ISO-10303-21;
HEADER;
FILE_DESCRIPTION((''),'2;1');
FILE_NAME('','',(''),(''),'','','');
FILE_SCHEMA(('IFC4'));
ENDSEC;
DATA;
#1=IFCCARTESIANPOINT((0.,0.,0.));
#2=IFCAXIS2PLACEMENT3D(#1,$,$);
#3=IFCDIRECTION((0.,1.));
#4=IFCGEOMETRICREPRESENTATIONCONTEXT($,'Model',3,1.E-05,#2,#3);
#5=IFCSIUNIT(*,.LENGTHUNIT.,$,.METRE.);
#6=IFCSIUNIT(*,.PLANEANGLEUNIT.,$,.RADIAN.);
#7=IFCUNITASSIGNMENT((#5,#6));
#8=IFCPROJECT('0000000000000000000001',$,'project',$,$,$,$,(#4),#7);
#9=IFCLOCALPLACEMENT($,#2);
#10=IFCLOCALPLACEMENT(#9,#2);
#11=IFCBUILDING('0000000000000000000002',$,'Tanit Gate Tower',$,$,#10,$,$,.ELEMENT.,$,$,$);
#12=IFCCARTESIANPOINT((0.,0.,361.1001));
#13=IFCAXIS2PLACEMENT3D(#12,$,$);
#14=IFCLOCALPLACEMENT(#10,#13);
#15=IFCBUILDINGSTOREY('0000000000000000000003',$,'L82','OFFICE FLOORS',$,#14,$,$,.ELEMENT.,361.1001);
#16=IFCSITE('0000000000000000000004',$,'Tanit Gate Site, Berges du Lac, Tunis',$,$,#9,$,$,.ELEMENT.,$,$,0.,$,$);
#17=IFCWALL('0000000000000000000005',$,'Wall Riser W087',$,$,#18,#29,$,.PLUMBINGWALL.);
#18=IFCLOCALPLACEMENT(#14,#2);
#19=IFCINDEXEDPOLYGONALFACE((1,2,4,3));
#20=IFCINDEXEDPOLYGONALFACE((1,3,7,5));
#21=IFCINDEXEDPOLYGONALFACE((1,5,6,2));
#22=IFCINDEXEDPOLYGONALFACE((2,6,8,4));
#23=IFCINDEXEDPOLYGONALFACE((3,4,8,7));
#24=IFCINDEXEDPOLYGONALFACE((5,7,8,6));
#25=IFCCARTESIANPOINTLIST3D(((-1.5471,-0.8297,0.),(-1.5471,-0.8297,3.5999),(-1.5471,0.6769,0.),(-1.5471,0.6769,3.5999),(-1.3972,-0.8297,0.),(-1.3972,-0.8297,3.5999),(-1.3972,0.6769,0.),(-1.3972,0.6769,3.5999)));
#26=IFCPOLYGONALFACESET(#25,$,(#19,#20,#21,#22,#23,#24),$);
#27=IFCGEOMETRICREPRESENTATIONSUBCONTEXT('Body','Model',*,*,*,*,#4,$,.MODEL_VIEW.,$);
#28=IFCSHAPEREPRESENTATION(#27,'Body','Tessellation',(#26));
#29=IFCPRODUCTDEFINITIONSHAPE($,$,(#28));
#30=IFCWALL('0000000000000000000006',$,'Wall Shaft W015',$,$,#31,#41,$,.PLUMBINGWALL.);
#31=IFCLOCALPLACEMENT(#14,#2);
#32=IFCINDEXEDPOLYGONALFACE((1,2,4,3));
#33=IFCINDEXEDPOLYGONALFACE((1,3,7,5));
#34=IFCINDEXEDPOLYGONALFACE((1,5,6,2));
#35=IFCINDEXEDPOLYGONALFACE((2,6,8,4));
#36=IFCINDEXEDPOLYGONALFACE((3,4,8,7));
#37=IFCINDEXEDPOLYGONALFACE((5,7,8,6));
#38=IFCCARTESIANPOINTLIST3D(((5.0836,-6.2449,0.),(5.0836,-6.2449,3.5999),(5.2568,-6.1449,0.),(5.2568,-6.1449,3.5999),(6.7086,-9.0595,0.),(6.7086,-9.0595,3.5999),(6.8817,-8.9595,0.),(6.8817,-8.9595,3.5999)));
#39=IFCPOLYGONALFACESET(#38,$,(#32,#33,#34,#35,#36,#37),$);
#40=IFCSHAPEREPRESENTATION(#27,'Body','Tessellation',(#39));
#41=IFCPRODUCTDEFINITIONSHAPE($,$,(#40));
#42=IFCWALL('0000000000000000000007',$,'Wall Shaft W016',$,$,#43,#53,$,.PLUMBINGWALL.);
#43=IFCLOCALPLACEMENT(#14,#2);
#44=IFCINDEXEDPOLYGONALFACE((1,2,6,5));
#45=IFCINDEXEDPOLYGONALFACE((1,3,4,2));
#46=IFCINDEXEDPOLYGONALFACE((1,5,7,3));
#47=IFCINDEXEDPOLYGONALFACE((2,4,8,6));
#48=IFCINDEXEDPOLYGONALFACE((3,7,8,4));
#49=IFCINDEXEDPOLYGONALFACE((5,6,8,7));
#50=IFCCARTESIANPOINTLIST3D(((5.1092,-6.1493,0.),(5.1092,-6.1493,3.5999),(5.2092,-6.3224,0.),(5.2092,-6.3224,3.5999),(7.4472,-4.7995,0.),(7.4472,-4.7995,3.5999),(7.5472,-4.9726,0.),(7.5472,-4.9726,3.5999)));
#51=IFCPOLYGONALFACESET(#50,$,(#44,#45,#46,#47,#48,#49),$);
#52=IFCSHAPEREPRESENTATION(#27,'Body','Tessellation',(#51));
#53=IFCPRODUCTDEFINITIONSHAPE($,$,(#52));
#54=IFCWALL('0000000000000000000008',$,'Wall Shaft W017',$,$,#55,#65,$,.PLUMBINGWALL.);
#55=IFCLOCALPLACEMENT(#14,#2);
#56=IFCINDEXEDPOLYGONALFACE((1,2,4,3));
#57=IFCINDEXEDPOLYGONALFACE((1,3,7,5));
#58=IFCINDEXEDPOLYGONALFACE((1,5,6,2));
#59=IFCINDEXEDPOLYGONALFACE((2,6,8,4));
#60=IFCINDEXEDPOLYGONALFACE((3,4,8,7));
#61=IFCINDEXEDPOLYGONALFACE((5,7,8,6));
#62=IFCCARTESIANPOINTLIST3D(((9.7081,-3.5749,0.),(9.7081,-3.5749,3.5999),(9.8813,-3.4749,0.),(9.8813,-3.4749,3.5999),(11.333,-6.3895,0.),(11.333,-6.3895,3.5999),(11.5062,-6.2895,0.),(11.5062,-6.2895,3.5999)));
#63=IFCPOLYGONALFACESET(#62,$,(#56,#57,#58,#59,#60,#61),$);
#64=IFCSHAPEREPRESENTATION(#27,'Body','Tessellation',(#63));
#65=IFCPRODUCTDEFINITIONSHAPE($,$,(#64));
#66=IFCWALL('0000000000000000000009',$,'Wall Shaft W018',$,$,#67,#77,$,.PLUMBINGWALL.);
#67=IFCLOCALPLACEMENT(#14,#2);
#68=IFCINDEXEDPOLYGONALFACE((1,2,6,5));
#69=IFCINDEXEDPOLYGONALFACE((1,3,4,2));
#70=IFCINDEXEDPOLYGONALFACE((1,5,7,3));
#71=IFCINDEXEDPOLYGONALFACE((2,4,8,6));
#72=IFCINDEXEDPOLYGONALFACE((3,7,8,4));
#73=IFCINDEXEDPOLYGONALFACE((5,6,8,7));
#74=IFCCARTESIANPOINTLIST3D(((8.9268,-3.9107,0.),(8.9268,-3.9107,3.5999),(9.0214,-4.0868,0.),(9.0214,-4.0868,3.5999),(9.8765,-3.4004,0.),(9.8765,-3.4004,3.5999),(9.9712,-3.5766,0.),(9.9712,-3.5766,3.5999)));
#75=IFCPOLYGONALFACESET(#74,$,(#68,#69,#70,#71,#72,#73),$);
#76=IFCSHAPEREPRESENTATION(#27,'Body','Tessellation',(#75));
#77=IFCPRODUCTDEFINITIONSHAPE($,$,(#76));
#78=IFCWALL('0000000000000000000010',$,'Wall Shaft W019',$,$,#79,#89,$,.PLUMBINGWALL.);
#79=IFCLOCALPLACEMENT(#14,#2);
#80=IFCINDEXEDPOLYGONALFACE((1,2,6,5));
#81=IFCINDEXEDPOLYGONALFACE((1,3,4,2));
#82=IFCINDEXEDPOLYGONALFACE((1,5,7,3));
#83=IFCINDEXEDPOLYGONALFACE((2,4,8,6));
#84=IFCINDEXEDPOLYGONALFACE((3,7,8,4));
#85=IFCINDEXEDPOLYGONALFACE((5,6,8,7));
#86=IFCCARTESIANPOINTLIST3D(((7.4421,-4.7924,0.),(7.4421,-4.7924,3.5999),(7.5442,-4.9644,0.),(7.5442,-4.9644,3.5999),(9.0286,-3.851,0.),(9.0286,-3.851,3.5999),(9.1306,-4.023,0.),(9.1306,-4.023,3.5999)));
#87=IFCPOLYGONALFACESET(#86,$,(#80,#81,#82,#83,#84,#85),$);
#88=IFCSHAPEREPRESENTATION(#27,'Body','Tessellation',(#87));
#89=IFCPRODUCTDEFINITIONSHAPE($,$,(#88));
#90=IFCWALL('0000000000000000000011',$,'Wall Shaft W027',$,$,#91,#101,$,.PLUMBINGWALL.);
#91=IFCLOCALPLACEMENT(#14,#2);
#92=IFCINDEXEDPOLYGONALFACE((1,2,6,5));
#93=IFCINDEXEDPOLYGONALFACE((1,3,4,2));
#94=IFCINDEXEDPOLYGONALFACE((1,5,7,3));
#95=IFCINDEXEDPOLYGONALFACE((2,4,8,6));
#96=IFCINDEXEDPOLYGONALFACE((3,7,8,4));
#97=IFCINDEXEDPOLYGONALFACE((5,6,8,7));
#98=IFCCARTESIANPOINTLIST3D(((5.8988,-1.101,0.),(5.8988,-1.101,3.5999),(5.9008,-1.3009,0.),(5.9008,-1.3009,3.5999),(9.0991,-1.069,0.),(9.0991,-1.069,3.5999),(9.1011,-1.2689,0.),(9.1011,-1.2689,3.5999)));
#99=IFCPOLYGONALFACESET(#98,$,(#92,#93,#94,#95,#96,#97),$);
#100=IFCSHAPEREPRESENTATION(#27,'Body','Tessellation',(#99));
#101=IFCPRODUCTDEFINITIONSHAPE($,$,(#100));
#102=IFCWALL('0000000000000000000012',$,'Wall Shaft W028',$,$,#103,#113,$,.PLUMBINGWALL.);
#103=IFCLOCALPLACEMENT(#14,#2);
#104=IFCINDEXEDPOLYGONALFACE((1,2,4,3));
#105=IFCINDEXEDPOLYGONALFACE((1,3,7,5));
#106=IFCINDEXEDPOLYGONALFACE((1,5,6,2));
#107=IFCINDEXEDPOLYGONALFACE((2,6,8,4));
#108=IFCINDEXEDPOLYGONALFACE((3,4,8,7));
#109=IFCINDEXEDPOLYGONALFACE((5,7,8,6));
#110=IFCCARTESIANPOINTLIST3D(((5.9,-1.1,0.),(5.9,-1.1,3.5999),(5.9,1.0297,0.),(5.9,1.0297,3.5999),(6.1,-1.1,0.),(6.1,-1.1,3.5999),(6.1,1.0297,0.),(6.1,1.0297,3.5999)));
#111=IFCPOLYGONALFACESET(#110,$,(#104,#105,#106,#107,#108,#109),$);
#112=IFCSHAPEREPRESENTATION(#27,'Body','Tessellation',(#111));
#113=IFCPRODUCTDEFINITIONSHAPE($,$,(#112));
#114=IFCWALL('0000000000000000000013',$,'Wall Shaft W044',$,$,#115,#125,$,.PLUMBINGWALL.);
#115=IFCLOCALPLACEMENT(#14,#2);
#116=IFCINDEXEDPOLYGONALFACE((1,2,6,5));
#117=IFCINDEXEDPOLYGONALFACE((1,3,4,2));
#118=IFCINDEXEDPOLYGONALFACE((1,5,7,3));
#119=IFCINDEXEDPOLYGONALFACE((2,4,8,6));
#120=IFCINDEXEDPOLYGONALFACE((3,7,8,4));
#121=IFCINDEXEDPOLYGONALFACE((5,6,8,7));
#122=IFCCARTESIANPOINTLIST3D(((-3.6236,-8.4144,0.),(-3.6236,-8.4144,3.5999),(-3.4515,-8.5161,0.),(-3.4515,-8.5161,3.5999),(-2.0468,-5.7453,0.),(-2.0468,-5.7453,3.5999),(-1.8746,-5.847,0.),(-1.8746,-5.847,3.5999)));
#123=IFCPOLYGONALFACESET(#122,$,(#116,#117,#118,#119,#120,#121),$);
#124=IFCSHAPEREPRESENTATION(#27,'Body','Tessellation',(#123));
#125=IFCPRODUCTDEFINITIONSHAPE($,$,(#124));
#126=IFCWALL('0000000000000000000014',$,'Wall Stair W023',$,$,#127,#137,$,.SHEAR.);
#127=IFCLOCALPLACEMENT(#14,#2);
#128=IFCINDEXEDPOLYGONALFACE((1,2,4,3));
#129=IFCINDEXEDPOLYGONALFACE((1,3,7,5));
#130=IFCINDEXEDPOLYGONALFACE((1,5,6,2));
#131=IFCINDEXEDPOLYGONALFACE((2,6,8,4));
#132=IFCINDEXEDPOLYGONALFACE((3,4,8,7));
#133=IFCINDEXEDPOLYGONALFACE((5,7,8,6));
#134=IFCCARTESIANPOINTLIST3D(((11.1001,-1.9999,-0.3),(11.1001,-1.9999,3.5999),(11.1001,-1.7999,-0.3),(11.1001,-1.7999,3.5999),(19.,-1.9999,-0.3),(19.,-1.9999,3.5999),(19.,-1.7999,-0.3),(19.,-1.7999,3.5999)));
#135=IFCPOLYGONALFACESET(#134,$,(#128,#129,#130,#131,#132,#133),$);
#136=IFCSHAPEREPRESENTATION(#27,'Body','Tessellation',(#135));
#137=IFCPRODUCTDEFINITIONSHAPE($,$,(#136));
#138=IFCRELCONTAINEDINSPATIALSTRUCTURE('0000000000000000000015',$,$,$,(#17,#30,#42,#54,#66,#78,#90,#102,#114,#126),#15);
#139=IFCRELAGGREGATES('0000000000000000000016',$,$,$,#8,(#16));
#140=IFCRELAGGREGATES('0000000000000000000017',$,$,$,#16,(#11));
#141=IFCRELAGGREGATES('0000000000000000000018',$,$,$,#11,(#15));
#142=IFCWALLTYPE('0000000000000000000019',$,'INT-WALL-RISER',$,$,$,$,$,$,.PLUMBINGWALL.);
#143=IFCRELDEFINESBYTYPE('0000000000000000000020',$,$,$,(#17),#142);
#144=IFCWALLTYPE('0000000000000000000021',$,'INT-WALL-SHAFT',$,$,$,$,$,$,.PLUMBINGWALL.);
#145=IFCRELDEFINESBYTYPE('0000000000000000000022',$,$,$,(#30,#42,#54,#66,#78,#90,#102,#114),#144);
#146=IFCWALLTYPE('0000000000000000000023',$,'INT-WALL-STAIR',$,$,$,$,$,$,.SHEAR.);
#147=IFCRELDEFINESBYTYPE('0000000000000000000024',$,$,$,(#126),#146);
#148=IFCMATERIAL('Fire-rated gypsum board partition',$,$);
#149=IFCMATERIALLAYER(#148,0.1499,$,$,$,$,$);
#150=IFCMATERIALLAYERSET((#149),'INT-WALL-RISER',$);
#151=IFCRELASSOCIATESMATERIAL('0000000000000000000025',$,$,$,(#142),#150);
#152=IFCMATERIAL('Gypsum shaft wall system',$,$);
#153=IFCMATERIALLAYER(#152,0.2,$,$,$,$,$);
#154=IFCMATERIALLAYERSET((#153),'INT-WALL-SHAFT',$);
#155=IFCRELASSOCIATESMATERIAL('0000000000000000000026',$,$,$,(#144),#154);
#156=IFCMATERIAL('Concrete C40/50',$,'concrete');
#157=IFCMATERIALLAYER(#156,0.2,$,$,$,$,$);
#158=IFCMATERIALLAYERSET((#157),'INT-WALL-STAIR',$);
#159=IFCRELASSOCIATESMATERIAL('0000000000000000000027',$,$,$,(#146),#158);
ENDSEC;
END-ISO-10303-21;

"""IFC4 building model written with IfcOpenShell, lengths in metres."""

from ifc_helpers import new_model, si_unit, direction, frame, frame_2d, origin, place, context, subcontext, project, spatial, rectangle, extrude, material, layer, layer_set, type_object, element, save


model = new_model("IFC4")

# Units and contexts
model_context = context("Model", 3, precision=1e-05, world=origin(), true_north=direction((0.0, 1.0)))
body_context = subcontext(model_context, "Body", "Model", "MODEL_VIEW")
ifc_project = project(units=[si_unit("LENGTHUNIT", "METRE"), si_unit("PLANEANGLEUNIT", "RADIAN")], contexts=[model_context])

# Site, building, storey
site_placement = place(None, origin())
site = spatial("IfcSite", under=ifc_project, at=site_placement, Name="Tanit Gate Site, Berges du Lac, Tunis", CompositionType="ELEMENT", RefElevation=0.0)
building_placement = place(site_placement, origin())
building = spatial("IfcBuilding", under=site, at=building_placement, Name="Tanit Gate Tower", CompositionType="ELEMENT")
storey_placement = place(building_placement, frame((0.0, 0.0, 361.1001)))
storey = spatial("IfcBuildingStorey", under=building, at=storey_placement, Name="L82", Description="OFFICE FLOORS", CompositionType="ELEMENT", Elevation=361.1001)

# Shared definitions
ifc_material_1 = material(Name="Fire-rated gypsum board partition")
ifc_layer_1 = layer(ifc_material_1, 0.1499)
ifc_layer_set_1 = layer_set([ifc_layer_1], Name="INT-WALL-RISER")
wall_type_1 = type_object("IfcWallType", Name="INT-WALL-RISER", PredefinedType="PLUMBINGWALL", material=ifc_layer_set_1)

# Walls
wall_1_placement = place(storey_placement, frame((-1.4722, -0.8298, 0.0), z_axis=(0.0, 0.0, 1.0), x_axis=(0.0, 1.0, 0.0)))
element("IfcWall", 1, at=wall_1_placement, inside=storey, type_object=wall_type_1, Name="Wall Riser W087", PredefinedType="PLUMBINGWALL", context=body_context, shape_type="SweptSolid", body=[
    extrude(rectangle(XDim=1.5066, YDim=0.1499, at=frame_2d((0.7534, 0.0))), origin(), (0.0, 0.0, 1.0), 3.5999),
])
ifc_material_2 = material(Name="Gypsum shaft wall system")
ifc_layer_2 = layer(ifc_material_2, 0.2)
ifc_layer_set_2 = layer_set([ifc_layer_2], Name="INT-WALL-SHAFT")
wall_type_2 = type_object("IfcWallType", Name="INT-WALL-SHAFT", PredefinedType="PLUMBINGWALL", material=ifc_layer_set_2)
wall_2_placement = place(storey_placement, frame((6.7952, -9.0095, 0.0), z_axis=(0.0, 0.0, 1.0), x_axis=(-0.499985, 0.866034, 0.0)))
element("IfcWall", 2, at=wall_2_placement, inside=storey, type_object=wall_type_2, Name="Wall Shaft W015", PredefinedType="PLUMBINGWALL", context=body_context, shape_type="SweptSolid", body=[
    extrude(rectangle(XDim=3.25, YDim=0.2, at=frame_2d((1.625, 0.0))), origin(), (0.0, 0.0, 1.0), 3.5999),
])
wall_3_placement = place(storey_placement, frame((5.1592, -6.2358, 0.0), z_axis=(0.0, 0.0, 1.0), x_axis=(0.866037, 0.499981, 0.0)))
element("IfcWall", 3, at=wall_3_placement, inside=storey, type_object=wall_type_2, Name="Wall Shaft W016", PredefinedType="PLUMBINGWALL", context=body_context, shape_type="SweptSolid", body=[
    extrude(rectangle(XDim=2.6997, YDim=0.2, at=frame_2d((1.3499, 0.0))), origin(), (0.0, 0.0, 1.0), 3.5999),
])
wall_4_placement = place(storey_placement, frame((9.7947, -3.5249, 0.0), z_axis=(0.0, 0.0, 1.0), x_axis=(0.499985, -0.866034, 0.0)))
element("IfcWall", 4, at=wall_4_placement, inside=storey, type_object=wall_type_2, Name="Wall Shaft W017", PredefinedType="PLUMBINGWALL", context=body_context, shape_type="SweptSolid", body=[
    extrude(rectangle(XDim=3.25, YDim=0.2, at=frame_2d((1.625, 0.0))), origin(), (0.0, 0.0, 1.0), 3.5999),
])
wall_5_placement = place(storey_placement, frame((8.9741, -3.9988, 0.0), z_axis=(0.0, 0.0, 1.0), x_axis=(0.880907, 0.473289, 0.0)))
element("IfcWall", 5, at=wall_5_placement, inside=storey, type_object=wall_type_2, Name="Wall Shaft W018", PredefinedType="PLUMBINGWALL", context=body_context, shape_type="SweptSolid", body=[
    extrude(rectangle(XDim=1.0781, YDim=0.2, at=frame_2d((0.5391, 0.0))), origin(), (0.0, 0.0, 1.0), 3.5999),
])
wall_6_placement = place(storey_placement, frame((7.4932, -4.8784, 0.0), z_axis=(0.0, 0.0, 1.0), x_axis=(0.859982, 0.510325, 0.0)))
element("IfcWall", 6, at=wall_6_placement, inside=storey, type_object=wall_type_2, Name="Wall Shaft W019", PredefinedType="PLUMBINGWALL", context=body_context, shape_type="SweptSolid", body=[
    extrude(rectangle(XDim=1.8447, YDim=0.2, at=frame_2d((0.9224, 0.0))), origin(), (0.0, 0.0, 1.0), 3.5999),
])
wall_7_placement = place(storey_placement, frame((5.8999, -1.2009, 0.0), z_axis=(0.0, 0.0, 1.0), x_axis=(0.99995, 0.009993, 0.0)))
element("IfcWall", 7, at=wall_7_placement, inside=storey, type_object=wall_type_2, Name="Wall Shaft W027", PredefinedType="PLUMBINGWALL", context=body_context, shape_type="SweptSolid", body=[
    extrude(rectangle(XDim=3.2004, YDim=0.2, at=frame_2d((1.6001, 0.0))), origin(), (0.0, 0.0, 1.0), 3.5999),
])
wall_8_placement = place(storey_placement, frame((6.0, -1.1001, 0.0), z_axis=(0.0, 0.0, 1.0), x_axis=(0.0, 1.0, 0.0)))
element("IfcWall", 8, at=wall_8_placement, inside=storey, type_object=wall_type_2, Name="Wall Shaft W028", PredefinedType="PLUMBINGWALL", context=body_context, shape_type="SweptSolid", body=[
    extrude(rectangle(XDim=2.1296, YDim=0.2, at=frame_2d((1.0649, 0.0))), origin(), (0.0, 0.0, 1.0), 3.5999),
])
wall_9_placement = place(storey_placement, frame((-1.9607, -5.7961, 0.0), z_axis=(0.0, 0.0, 1.0), x_axis=(-0.508647, -0.860975, 0.0)))
element("IfcWall", 9, at=wall_9_placement, inside=storey, type_object=wall_type_2, Name="Wall Shaft W044", PredefinedType="PLUMBINGWALL", context=body_context, shape_type="SweptSolid", body=[
    extrude(rectangle(XDim=3.1001, YDim=0.2, at=frame_2d((1.55, 0.0))), origin(), (0.0, 0.0, 1.0), 3.5999),
])
ifc_material_3 = material(Name="Concrete C40/50", Category="concrete")
ifc_layer_3 = layer(ifc_material_3, 0.2)
ifc_layer_set_3 = layer_set([ifc_layer_3], Name="INT-WALL-STAIR")
wall_type_3 = type_object("IfcWallType", Name="INT-WALL-STAIR", PredefinedType="SHEAR", material=ifc_layer_set_3)
wall_10_placement = place(storey_placement, frame((11.1001, -1.8999, -0.3), z_axis=(0.0, 0.0, 1.0), x_axis=(1.0, 0.0, 0.0)))
element("IfcWall", 10, at=wall_10_placement, inside=storey, type_object=wall_type_3, Name="Wall Stair W023", PredefinedType="SHEAR", context=body_context, shape_type="SweptSolid", body=[
    extrude(rectangle(XDim=7.8999, YDim=0.2, at=frame_2d((3.95, 0.0))), origin(), (0.0, 0.0, 1.0), 3.8999),
])

save(model, "model.ifc")
